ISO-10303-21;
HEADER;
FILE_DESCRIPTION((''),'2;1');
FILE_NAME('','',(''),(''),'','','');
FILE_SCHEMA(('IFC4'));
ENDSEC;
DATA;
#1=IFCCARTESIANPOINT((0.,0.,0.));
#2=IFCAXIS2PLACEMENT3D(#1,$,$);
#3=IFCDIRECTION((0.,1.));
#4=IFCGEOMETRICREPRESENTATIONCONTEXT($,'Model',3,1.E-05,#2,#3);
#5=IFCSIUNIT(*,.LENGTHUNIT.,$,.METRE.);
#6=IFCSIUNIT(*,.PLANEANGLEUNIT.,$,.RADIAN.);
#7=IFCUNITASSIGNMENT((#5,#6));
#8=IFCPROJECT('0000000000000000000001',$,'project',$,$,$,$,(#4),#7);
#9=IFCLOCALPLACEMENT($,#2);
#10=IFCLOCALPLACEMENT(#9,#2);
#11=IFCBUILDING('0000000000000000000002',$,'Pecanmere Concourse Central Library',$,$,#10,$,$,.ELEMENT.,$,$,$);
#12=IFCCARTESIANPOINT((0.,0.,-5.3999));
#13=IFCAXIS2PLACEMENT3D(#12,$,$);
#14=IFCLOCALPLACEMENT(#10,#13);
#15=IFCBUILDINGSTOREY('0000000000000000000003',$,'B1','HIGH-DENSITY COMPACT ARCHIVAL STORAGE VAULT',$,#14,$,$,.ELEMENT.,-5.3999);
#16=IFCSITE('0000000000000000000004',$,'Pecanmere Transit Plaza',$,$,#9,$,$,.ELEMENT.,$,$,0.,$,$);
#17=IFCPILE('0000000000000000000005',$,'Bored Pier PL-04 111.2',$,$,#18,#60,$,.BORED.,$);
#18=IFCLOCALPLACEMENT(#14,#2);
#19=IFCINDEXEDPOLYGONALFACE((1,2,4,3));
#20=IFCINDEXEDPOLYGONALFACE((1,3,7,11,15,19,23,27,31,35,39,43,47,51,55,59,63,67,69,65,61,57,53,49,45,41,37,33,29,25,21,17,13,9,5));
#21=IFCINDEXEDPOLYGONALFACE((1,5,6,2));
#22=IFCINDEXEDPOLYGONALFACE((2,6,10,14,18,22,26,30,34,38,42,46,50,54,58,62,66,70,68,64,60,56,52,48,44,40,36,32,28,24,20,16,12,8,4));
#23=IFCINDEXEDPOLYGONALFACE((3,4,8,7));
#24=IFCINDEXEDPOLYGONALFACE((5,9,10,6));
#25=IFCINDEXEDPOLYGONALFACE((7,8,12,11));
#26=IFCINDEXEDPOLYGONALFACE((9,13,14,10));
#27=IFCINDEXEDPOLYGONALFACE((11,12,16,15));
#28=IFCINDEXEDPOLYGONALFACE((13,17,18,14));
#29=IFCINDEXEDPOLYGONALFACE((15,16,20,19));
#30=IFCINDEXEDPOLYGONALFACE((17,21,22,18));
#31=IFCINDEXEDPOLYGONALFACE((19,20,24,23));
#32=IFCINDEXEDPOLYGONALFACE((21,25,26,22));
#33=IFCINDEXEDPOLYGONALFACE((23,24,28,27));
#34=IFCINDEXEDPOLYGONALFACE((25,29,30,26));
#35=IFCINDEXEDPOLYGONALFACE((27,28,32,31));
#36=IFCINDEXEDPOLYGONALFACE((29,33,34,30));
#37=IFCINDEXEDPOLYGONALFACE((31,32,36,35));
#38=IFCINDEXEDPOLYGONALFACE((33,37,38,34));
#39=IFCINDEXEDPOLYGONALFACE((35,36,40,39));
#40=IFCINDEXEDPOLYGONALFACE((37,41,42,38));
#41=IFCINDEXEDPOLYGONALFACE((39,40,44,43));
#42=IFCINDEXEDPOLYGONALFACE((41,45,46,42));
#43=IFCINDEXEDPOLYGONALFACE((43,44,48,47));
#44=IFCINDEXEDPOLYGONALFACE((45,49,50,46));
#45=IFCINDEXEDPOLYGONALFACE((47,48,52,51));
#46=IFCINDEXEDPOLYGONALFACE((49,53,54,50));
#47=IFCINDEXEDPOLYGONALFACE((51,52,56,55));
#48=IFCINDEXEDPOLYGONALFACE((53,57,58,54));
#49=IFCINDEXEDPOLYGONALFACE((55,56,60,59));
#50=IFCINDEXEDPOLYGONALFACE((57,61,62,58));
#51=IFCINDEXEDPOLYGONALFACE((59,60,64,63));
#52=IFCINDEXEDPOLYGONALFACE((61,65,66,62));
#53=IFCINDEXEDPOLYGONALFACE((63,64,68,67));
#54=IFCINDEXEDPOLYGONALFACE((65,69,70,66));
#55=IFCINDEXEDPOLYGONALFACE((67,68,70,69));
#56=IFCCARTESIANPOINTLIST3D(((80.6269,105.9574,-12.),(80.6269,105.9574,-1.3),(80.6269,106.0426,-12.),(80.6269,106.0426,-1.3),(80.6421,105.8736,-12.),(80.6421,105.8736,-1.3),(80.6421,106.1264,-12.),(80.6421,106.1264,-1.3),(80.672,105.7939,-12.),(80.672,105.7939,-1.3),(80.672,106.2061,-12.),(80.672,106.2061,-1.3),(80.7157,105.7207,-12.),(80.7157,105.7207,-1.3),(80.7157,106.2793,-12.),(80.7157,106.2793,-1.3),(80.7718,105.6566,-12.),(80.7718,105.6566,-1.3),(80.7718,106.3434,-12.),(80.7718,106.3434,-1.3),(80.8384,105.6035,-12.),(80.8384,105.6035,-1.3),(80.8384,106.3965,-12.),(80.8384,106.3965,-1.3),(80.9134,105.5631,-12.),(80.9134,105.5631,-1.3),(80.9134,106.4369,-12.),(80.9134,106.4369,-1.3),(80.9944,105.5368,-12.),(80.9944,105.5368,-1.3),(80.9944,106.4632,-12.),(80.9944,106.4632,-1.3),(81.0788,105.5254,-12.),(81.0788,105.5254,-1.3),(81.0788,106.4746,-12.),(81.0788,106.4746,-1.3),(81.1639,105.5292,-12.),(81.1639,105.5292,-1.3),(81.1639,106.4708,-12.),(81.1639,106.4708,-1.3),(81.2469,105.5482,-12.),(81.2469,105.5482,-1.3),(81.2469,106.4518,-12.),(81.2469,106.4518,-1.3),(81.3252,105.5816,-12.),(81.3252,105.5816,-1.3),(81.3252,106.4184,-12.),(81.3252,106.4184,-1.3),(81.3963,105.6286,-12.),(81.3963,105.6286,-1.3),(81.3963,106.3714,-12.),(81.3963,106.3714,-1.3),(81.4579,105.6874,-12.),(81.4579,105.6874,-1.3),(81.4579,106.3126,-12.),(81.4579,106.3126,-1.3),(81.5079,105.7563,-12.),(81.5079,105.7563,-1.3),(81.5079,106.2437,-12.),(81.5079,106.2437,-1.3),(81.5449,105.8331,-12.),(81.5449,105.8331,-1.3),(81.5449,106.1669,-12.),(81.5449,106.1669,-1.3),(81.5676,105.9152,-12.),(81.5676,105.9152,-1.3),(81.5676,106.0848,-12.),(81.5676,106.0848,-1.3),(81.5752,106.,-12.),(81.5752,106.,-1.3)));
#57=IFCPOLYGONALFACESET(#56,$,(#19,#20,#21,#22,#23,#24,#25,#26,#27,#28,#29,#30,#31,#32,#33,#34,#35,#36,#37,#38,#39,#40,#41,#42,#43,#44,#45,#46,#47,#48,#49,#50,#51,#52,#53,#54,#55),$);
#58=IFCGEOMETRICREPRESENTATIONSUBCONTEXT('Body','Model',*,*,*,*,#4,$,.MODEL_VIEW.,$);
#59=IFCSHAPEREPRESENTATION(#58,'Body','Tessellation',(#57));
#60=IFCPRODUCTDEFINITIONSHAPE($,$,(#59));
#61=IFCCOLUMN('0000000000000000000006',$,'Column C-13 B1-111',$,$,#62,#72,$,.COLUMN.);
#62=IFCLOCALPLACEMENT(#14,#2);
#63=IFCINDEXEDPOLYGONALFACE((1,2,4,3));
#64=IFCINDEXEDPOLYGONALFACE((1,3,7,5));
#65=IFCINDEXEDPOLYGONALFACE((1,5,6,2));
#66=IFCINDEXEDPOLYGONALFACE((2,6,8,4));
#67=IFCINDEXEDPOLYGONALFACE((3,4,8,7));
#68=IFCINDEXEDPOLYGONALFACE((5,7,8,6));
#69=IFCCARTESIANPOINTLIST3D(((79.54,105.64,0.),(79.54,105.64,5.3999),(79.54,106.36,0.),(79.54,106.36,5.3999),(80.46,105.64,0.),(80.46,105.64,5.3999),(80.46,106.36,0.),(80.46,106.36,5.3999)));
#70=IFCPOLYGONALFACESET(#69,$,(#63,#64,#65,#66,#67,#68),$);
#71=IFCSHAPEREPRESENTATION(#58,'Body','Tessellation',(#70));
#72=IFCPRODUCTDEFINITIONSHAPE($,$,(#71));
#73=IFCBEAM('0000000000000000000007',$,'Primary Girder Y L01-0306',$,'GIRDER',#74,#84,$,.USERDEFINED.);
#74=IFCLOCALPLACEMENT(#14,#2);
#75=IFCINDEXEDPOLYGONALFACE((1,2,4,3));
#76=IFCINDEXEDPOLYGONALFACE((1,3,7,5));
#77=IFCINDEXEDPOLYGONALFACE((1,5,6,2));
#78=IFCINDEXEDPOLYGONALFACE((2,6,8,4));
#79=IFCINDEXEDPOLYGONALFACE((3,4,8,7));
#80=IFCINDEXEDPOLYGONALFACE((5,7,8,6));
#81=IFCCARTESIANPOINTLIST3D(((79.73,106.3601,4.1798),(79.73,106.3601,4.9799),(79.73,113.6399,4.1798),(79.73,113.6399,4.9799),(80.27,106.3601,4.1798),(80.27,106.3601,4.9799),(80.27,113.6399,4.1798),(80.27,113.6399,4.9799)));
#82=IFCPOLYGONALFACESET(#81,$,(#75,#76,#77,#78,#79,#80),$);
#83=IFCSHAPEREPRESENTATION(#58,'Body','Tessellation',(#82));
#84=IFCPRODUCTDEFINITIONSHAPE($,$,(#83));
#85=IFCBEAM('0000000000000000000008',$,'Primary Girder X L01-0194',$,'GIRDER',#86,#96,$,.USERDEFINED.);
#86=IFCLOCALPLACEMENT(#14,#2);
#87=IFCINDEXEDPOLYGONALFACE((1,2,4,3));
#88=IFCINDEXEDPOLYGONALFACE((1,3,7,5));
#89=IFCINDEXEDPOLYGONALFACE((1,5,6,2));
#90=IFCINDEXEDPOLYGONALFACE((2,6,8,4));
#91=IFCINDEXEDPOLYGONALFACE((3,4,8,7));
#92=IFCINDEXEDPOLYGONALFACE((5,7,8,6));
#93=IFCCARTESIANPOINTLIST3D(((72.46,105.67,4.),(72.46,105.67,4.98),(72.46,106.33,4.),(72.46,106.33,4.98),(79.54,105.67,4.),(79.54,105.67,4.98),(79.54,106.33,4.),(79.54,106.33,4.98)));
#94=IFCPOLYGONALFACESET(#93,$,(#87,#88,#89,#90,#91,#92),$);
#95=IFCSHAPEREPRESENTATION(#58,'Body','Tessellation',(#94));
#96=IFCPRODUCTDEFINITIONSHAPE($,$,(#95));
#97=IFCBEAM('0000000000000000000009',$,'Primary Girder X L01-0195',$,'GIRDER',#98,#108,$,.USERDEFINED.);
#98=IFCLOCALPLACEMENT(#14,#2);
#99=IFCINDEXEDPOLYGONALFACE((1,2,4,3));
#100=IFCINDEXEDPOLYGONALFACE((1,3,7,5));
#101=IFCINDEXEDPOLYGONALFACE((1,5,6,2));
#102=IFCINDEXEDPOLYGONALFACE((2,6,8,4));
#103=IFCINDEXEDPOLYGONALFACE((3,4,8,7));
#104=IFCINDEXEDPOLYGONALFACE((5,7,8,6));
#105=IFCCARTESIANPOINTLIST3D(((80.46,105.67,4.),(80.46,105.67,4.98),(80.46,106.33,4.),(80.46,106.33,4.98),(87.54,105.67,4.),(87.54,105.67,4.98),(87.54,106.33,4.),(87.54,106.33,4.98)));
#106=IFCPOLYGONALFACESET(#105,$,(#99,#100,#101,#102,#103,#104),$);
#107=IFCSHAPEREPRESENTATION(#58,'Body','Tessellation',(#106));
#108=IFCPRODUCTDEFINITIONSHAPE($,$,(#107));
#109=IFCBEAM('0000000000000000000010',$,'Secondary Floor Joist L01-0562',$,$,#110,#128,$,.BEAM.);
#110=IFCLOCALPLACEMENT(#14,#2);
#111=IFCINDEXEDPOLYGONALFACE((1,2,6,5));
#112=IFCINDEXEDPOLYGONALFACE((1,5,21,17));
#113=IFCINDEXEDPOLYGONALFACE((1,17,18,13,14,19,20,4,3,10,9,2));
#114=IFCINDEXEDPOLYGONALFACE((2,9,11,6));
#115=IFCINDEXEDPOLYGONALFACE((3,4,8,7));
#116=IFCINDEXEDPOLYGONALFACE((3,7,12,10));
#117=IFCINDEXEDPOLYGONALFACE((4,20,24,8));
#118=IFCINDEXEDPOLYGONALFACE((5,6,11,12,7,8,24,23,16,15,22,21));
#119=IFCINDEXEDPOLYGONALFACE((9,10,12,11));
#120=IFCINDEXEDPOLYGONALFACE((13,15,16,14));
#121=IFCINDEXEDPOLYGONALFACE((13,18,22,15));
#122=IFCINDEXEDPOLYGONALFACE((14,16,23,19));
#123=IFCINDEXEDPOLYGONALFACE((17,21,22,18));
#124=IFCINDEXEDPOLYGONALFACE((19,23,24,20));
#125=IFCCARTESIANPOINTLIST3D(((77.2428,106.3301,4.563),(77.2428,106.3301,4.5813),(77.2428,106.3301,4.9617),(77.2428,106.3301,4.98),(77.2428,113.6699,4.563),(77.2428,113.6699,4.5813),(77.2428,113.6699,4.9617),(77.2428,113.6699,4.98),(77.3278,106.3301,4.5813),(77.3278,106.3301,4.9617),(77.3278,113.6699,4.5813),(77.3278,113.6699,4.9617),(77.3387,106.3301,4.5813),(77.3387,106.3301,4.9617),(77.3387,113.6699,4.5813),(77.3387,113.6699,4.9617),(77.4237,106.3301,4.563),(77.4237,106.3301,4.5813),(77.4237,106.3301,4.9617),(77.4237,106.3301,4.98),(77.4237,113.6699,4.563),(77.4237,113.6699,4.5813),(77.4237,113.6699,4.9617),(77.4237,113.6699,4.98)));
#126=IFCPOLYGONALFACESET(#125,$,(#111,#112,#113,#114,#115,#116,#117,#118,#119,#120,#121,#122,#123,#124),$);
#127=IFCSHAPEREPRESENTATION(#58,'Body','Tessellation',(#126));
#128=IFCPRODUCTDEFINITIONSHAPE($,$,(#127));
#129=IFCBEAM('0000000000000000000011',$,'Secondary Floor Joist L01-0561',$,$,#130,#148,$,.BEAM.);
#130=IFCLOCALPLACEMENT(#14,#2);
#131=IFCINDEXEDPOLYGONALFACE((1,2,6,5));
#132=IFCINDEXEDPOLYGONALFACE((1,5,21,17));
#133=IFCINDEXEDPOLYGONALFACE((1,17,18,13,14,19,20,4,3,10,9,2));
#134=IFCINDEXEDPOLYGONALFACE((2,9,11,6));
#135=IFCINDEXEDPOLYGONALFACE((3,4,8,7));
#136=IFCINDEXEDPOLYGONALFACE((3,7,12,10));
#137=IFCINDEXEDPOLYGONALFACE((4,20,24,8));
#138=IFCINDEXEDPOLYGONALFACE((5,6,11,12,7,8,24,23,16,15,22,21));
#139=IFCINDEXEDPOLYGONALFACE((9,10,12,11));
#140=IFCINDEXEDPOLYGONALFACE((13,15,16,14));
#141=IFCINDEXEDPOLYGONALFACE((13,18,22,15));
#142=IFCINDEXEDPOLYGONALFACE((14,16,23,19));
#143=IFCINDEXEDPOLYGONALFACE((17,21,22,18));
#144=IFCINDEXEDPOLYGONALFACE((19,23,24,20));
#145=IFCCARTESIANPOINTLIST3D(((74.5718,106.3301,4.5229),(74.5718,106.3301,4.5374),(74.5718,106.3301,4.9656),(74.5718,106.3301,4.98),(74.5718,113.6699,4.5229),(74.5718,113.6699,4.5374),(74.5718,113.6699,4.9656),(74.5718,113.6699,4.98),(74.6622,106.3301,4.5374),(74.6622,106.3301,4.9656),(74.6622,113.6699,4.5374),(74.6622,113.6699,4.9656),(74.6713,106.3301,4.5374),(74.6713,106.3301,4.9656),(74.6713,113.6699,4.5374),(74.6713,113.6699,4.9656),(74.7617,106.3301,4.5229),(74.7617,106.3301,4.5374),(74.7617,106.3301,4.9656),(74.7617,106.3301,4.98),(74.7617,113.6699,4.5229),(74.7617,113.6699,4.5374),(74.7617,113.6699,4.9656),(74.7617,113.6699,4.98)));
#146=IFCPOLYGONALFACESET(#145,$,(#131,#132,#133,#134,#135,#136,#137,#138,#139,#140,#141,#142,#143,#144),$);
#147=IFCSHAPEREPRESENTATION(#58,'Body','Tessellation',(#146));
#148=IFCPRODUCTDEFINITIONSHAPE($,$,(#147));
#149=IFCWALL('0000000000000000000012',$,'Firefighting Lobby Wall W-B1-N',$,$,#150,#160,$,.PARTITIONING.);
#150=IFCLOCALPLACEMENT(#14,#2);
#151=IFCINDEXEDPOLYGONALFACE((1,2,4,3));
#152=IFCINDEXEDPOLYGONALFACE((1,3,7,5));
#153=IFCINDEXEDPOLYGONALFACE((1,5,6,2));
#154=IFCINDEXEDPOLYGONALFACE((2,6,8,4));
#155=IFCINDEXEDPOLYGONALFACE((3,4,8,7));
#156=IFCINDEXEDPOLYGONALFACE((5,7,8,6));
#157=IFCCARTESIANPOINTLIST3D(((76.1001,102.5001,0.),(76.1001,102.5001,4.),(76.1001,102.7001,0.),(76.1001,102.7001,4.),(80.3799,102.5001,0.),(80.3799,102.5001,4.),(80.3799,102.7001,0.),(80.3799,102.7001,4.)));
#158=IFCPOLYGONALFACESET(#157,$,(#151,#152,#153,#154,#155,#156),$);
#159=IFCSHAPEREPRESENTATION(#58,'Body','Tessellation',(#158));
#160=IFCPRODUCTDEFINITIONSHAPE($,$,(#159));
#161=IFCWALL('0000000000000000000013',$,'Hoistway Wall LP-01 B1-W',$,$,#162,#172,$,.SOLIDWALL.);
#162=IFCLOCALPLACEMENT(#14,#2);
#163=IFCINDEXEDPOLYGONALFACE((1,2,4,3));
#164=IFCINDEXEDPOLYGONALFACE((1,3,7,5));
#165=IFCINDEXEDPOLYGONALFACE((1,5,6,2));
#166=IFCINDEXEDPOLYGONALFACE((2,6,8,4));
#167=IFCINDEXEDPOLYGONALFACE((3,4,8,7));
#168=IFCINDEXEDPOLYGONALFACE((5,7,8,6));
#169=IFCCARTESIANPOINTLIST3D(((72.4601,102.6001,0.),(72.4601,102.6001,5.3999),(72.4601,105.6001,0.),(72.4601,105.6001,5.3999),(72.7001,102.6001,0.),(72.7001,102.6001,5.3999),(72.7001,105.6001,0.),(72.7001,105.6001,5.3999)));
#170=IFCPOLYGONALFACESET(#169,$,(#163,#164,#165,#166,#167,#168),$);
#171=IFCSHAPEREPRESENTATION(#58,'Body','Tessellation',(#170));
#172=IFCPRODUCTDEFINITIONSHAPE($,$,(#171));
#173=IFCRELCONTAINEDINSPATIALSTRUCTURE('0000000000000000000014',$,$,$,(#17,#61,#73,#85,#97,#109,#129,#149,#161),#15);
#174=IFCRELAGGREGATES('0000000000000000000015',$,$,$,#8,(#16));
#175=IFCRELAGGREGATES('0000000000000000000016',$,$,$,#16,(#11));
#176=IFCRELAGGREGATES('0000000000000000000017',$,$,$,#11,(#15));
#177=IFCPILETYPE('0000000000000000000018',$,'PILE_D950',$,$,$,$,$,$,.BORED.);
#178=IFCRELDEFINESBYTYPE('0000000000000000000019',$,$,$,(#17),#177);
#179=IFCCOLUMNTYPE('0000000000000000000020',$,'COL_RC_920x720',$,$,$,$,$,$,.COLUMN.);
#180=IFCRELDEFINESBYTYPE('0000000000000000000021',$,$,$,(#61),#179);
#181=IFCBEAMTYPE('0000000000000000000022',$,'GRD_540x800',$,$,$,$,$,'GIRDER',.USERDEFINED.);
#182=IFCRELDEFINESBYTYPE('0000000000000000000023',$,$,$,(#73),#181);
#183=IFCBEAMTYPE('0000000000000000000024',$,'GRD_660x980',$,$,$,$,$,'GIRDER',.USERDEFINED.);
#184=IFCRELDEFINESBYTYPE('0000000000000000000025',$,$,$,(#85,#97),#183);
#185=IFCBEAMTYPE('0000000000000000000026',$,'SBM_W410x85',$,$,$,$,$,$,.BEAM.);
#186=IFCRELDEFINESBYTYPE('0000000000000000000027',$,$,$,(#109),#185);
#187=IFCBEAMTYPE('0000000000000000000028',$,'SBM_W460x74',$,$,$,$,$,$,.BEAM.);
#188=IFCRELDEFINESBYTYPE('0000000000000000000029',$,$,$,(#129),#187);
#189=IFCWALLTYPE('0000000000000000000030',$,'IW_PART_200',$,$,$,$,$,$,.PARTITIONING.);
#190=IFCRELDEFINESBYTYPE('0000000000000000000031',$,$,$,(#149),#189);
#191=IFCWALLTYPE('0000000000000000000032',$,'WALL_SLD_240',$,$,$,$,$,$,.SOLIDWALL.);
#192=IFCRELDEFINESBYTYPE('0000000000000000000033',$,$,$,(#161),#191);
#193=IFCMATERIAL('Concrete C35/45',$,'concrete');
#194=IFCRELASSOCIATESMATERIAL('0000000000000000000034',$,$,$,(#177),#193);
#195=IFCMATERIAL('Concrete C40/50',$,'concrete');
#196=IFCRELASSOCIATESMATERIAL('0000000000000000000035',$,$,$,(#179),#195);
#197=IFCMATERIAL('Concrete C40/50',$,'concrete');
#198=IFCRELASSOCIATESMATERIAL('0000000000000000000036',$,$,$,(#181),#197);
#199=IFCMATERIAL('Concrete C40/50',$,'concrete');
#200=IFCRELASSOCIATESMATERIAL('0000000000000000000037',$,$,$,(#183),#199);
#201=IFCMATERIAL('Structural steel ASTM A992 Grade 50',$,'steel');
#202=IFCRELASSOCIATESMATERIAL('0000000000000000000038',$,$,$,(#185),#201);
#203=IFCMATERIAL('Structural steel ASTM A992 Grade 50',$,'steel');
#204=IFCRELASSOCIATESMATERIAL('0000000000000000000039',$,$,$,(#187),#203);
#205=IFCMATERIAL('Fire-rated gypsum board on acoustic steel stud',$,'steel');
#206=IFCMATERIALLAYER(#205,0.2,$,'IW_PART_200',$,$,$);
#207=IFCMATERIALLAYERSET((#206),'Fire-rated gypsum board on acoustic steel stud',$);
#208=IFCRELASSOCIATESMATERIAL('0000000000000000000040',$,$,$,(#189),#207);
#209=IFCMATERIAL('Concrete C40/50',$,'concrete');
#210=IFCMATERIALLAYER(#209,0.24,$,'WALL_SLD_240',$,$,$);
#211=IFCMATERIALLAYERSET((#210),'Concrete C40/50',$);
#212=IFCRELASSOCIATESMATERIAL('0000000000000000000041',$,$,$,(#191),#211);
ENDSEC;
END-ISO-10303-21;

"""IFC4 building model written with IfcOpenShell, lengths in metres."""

from ifc_helpers import new_model, si_unit, direction, frame, frame_2d, origin, origin_2d, place, context, subcontext, project, spatial, rectangle, circle, i_section, extrude, material, layer, layer_set, material_profile, profile_set, type_object, element, save


model = new_model("IFC4")

# Units and contexts
model_context = context("Model", 3, precision=1e-05, world=origin(), true_north=direction((0.0, 1.0)))
body_context = subcontext(model_context, "Body", "Model", "MODEL_VIEW")
ifc_project = project(units=[si_unit("LENGTHUNIT", "METRE"), si_unit("PLANEANGLEUNIT", "RADIAN")], contexts=[model_context])

# Site, building, storey
site_placement = place(None, origin())
site = spatial("IfcSite", under=ifc_project, at=site_placement, Name="Pecanmere Transit Plaza", CompositionType="ELEMENT", RefElevation=0.0)
building_placement = place(site_placement, origin())
building = spatial("IfcBuilding", under=site, at=building_placement, Name="Pecanmere Concourse Central Library", CompositionType="ELEMENT")
storey_placement = place(building_placement, frame((0.0, 0.0, -5.3999)))
storey = spatial("IfcBuildingStorey", under=building, at=storey_placement, Name="B1", Description="HIGH-DENSITY COMPACT ARCHIVAL STORAGE VAULT", CompositionType="ELEMENT", Elevation=-5.3999)

# Pile
ifc_material_1 = material(Name="Concrete C35/45", Category="concrete")
ifc_material_profile_1 = material_profile(ifc_material_1, circle(Radius=0.4751, at=origin_2d()), Name="PIER D950")
ifc_profile_set_1 = profile_set([ifc_material_profile_1], Name="Concrete C35/45")
pile_type_1 = type_object("IfcPileType", Name="PILE_D950", PredefinedType="BORED", material=ifc_profile_set_1)
for number, where, z_axis, x_axis, name in (
    (1, (81.1001, 106.0, -1.3), (0.0, 0.0, -1.0), (1.0, 0.0, 0.0), "Bored Pier PL-04 111.2"),
):
    element("IfcPile", number, at=place(storey_placement, frame(where, z_axis=z_axis, x_axis=x_axis)), inside=storey, type_object=pile_type_1, Name=name, PredefinedType="BORED", context=body_context, shape_type="SweptSolid", body=[
        extrude(circle(Radius=0.4751, at=origin_2d()), origin(), (0.0, 0.0, 1.0), 10.7),
    ])

# Column
ifc_material_2 = material(Name="Concrete C40/50", Category="concrete")
ifc_material_profile_2 = material_profile(ifc_material_2, rectangle(XDim=0.9199, YDim=0.72, at=origin_2d()), Name="RC 920x720")
ifc_profile_set_2 = profile_set([ifc_material_profile_2], Name="Concrete C40/50")
column_type = type_object("IfcColumnType", Name="COL_RC_920x720", PredefinedType="COLUMN", material=ifc_profile_set_2)
column_placement = place(storey_placement, frame((80.0, 106.0, 0.0), z_axis=(0.0, 0.0, 1.0), x_axis=(1.0, 0.0, 0.0)))
element("IfcColumn", 2, at=column_placement, inside=storey, type_object=column_type, Name="Column C-13 B1-111", PredefinedType="COLUMN", context=body_context, shape_type="SweptSolid", body=[
    extrude(rectangle(XDim=0.9199, YDim=0.72, at=origin_2d()), origin(), (0.0, 0.0, 1.0), 5.3999),
])

# Beams
ifc_material_3 = material(Name="Concrete C40/50", Category="concrete")
ifc_material_profile_3 = material_profile(ifc_material_3, rectangle(XDim=0.54, YDim=0.8, at=origin_2d()), Name="RC 540x800")
ifc_profile_set_3 = profile_set([ifc_material_profile_3], Name="Concrete C40/50")
beam_type_1 = type_object("IfcBeamType", Name="GRD_540x800", ElementType="GIRDER", PredefinedType="USERDEFINED", material=ifc_profile_set_3)
beam_1_placement = place(storey_placement, frame((80.0, 106.3601, 4.5798), z_axis=(0.0, 1.0, 0.0), x_axis=(-1.0, 0.0, 0.0)))
element("IfcBeam", 3, at=beam_1_placement, inside=storey, type_object=beam_type_1, Name="Primary Girder Y L01-0306", ObjectType="GIRDER", PredefinedType="USERDEFINED", context=body_context, shape_type="SweptSolid", body=[
    extrude(rectangle(XDim=0.54, YDim=0.8, at=origin_2d()), origin(), (0.0, 0.0, 1.0), 7.2798),
])
ifc_material_4 = material(Name="Concrete C40/50", Category="concrete")
ifc_material_profile_4 = material_profile(ifc_material_4, rectangle(XDim=0.6599, YDim=0.98, at=origin_2d()), Name="RC 660x980")
ifc_profile_set_4 = profile_set([ifc_material_profile_4], Name="Concrete C40/50")
beam_type_2 = type_object("IfcBeamType", Name="GRD_660x980", ElementType="GIRDER", PredefinedType="USERDEFINED", material=ifc_profile_set_4)
for number, where, z_axis, x_axis, name in (
    (4, (72.46, 106.0, 4.49), (1.0, 0.0, 0.0), (0.0, 1.0, 0.0), "Primary Girder X L01-0194"),
    (5, (80.46, 106.0, 4.49), (1.0, 0.0, 0.0), (0.0, 1.0, 0.0), "Primary Girder X L01-0195"),
):
    element("IfcBeam", number, at=place(storey_placement, frame(where, z_axis=z_axis, x_axis=x_axis)), inside=storey, type_object=beam_type_2, Name=name, ObjectType="GIRDER", PredefinedType="USERDEFINED", context=body_context, shape_type="SweptSolid", body=[
        extrude(rectangle(XDim=0.6599, YDim=0.98, at=origin_2d()), origin(), (0.0, 0.0, 1.0), 7.0801),
    ])
ifc_material_5 = material(Name="Structural steel ASTM A992 Grade 50", Category="steel")
ifc_material_profile_5 = material_profile(ifc_material_5, i_section(OverallWidth=0.1809, OverallDepth=0.417, WebThickness=0.011, FlangeThickness=0.0183, at=origin_2d()), Name="W410x85")
ifc_profile_set_5 = profile_set([ifc_material_profile_5], Name="Structural steel ASTM A992 Grade 50")
beam_type_3 = type_object("IfcBeamType", Name="SBM_W410x85", PredefinedType="BEAM", material=ifc_profile_set_5)
beam_2_placement = place(storey_placement, frame((77.3333, 106.3301, 4.7715), z_axis=(0.0, 1.0, 0.0), x_axis=(-1.0, 0.0, 0.0)))
element("IfcBeam", 6, at=beam_2_placement, inside=storey, type_object=beam_type_3, Name="Secondary Floor Joist L01-0562", PredefinedType="BEAM", context=body_context, shape_type="SweptSolid", body=[
    extrude(i_section(OverallWidth=0.1809, OverallDepth=0.417, WebThickness=0.011, FlangeThickness=0.0183, at=origin_2d()), origin(), (0.0, 0.0, 1.0), 7.3398),
])
ifc_material_6 = material(Name="Structural steel ASTM A992 Grade 50", Category="steel")
ifc_material_profile_6 = material_profile(ifc_material_6, i_section(OverallWidth=0.1899, OverallDepth=0.457, WebThickness=0.009, FlangeThickness=0.0144, at=origin_2d()), Name="W460x74")
ifc_profile_set_6 = profile_set([ifc_material_profile_6], Name="Structural steel ASTM A992 Grade 50")
beam_type_4 = type_object("IfcBeamType", Name="SBM_W460x74", PredefinedType="BEAM", material=ifc_profile_set_6)
beam_3_placement = place(storey_placement, frame((74.6667, 106.3301, 4.7515), z_axis=(0.0, 1.0, 0.0), x_axis=(-1.0, 0.0, 0.0)))
element("IfcBeam", 7, at=beam_3_placement, inside=storey, type_object=beam_type_4, Name="Secondary Floor Joist L01-0561", PredefinedType="BEAM", context=body_context, shape_type="SweptSolid", body=[
    extrude(i_section(OverallWidth=0.1899, OverallDepth=0.457, WebThickness=0.009, FlangeThickness=0.0144, at=origin_2d()), origin(), (0.0, 0.0, 1.0), 7.3398),
])

# Walls
ifc_material_7 = material(Name="Fire-rated gypsum board on acoustic steel stud", Category="steel")
ifc_layer_1 = layer(ifc_material_7, 0.2, Name="IW_PART_200")
ifc_layer_set_1 = layer_set([ifc_layer_1], Name="Fire-rated gypsum board on acoustic steel stud")
wall_type_1 = type_object("IfcWallType", Name="IW_PART_200", PredefinedType="PARTITIONING", material=ifc_layer_set_1)
wall_1_placement = place(storey_placement, frame((76.1001, 102.6001, 0.0), z_axis=(0.0, 0.0, 1.0), x_axis=(1.0, 0.0, 0.0)))
element("IfcWall", 8, at=wall_1_placement, inside=storey, type_object=wall_type_1, Name="Firefighting Lobby Wall W-B1-N", PredefinedType="PARTITIONING", context=body_context, shape_type="SweptSolid", body=[
    extrude(rectangle(XDim=4.2798, YDim=0.2, at=frame_2d((2.1399, 0.0))), origin(), (0.0, 0.0, 1.0), 4.0),
])
ifc_material_8 = material(Name="Concrete C40/50", Category="concrete")
ifc_layer_2 = layer(ifc_material_8, 0.24, Name="WALL_SLD_240")
ifc_layer_set_2 = layer_set([ifc_layer_2], Name="Concrete C40/50")
wall_type_2 = type_object("IfcWallType", Name="WALL_SLD_240", PredefinedType="SOLIDWALL", material=ifc_layer_set_2)
wall_2_placement = place(storey_placement, frame((72.5801, 102.6001, 0.0), z_axis=(0.0, 0.0, 1.0), x_axis=(0.0, 1.0, 0.0)))
element("IfcWall", 9, at=wall_2_placement, inside=storey, type_object=wall_type_2, Name="Hoistway Wall LP-01 B1-W", PredefinedType="SOLIDWALL", context=body_context, shape_type="SweptSolid", body=[
    extrude(rectangle(XDim=3.0, YDim=0.24, at=frame_2d((1.5, 0.0))), origin(), (0.0, 0.0, 1.0), 5.3999),
])

save(model, "model.ifc")
